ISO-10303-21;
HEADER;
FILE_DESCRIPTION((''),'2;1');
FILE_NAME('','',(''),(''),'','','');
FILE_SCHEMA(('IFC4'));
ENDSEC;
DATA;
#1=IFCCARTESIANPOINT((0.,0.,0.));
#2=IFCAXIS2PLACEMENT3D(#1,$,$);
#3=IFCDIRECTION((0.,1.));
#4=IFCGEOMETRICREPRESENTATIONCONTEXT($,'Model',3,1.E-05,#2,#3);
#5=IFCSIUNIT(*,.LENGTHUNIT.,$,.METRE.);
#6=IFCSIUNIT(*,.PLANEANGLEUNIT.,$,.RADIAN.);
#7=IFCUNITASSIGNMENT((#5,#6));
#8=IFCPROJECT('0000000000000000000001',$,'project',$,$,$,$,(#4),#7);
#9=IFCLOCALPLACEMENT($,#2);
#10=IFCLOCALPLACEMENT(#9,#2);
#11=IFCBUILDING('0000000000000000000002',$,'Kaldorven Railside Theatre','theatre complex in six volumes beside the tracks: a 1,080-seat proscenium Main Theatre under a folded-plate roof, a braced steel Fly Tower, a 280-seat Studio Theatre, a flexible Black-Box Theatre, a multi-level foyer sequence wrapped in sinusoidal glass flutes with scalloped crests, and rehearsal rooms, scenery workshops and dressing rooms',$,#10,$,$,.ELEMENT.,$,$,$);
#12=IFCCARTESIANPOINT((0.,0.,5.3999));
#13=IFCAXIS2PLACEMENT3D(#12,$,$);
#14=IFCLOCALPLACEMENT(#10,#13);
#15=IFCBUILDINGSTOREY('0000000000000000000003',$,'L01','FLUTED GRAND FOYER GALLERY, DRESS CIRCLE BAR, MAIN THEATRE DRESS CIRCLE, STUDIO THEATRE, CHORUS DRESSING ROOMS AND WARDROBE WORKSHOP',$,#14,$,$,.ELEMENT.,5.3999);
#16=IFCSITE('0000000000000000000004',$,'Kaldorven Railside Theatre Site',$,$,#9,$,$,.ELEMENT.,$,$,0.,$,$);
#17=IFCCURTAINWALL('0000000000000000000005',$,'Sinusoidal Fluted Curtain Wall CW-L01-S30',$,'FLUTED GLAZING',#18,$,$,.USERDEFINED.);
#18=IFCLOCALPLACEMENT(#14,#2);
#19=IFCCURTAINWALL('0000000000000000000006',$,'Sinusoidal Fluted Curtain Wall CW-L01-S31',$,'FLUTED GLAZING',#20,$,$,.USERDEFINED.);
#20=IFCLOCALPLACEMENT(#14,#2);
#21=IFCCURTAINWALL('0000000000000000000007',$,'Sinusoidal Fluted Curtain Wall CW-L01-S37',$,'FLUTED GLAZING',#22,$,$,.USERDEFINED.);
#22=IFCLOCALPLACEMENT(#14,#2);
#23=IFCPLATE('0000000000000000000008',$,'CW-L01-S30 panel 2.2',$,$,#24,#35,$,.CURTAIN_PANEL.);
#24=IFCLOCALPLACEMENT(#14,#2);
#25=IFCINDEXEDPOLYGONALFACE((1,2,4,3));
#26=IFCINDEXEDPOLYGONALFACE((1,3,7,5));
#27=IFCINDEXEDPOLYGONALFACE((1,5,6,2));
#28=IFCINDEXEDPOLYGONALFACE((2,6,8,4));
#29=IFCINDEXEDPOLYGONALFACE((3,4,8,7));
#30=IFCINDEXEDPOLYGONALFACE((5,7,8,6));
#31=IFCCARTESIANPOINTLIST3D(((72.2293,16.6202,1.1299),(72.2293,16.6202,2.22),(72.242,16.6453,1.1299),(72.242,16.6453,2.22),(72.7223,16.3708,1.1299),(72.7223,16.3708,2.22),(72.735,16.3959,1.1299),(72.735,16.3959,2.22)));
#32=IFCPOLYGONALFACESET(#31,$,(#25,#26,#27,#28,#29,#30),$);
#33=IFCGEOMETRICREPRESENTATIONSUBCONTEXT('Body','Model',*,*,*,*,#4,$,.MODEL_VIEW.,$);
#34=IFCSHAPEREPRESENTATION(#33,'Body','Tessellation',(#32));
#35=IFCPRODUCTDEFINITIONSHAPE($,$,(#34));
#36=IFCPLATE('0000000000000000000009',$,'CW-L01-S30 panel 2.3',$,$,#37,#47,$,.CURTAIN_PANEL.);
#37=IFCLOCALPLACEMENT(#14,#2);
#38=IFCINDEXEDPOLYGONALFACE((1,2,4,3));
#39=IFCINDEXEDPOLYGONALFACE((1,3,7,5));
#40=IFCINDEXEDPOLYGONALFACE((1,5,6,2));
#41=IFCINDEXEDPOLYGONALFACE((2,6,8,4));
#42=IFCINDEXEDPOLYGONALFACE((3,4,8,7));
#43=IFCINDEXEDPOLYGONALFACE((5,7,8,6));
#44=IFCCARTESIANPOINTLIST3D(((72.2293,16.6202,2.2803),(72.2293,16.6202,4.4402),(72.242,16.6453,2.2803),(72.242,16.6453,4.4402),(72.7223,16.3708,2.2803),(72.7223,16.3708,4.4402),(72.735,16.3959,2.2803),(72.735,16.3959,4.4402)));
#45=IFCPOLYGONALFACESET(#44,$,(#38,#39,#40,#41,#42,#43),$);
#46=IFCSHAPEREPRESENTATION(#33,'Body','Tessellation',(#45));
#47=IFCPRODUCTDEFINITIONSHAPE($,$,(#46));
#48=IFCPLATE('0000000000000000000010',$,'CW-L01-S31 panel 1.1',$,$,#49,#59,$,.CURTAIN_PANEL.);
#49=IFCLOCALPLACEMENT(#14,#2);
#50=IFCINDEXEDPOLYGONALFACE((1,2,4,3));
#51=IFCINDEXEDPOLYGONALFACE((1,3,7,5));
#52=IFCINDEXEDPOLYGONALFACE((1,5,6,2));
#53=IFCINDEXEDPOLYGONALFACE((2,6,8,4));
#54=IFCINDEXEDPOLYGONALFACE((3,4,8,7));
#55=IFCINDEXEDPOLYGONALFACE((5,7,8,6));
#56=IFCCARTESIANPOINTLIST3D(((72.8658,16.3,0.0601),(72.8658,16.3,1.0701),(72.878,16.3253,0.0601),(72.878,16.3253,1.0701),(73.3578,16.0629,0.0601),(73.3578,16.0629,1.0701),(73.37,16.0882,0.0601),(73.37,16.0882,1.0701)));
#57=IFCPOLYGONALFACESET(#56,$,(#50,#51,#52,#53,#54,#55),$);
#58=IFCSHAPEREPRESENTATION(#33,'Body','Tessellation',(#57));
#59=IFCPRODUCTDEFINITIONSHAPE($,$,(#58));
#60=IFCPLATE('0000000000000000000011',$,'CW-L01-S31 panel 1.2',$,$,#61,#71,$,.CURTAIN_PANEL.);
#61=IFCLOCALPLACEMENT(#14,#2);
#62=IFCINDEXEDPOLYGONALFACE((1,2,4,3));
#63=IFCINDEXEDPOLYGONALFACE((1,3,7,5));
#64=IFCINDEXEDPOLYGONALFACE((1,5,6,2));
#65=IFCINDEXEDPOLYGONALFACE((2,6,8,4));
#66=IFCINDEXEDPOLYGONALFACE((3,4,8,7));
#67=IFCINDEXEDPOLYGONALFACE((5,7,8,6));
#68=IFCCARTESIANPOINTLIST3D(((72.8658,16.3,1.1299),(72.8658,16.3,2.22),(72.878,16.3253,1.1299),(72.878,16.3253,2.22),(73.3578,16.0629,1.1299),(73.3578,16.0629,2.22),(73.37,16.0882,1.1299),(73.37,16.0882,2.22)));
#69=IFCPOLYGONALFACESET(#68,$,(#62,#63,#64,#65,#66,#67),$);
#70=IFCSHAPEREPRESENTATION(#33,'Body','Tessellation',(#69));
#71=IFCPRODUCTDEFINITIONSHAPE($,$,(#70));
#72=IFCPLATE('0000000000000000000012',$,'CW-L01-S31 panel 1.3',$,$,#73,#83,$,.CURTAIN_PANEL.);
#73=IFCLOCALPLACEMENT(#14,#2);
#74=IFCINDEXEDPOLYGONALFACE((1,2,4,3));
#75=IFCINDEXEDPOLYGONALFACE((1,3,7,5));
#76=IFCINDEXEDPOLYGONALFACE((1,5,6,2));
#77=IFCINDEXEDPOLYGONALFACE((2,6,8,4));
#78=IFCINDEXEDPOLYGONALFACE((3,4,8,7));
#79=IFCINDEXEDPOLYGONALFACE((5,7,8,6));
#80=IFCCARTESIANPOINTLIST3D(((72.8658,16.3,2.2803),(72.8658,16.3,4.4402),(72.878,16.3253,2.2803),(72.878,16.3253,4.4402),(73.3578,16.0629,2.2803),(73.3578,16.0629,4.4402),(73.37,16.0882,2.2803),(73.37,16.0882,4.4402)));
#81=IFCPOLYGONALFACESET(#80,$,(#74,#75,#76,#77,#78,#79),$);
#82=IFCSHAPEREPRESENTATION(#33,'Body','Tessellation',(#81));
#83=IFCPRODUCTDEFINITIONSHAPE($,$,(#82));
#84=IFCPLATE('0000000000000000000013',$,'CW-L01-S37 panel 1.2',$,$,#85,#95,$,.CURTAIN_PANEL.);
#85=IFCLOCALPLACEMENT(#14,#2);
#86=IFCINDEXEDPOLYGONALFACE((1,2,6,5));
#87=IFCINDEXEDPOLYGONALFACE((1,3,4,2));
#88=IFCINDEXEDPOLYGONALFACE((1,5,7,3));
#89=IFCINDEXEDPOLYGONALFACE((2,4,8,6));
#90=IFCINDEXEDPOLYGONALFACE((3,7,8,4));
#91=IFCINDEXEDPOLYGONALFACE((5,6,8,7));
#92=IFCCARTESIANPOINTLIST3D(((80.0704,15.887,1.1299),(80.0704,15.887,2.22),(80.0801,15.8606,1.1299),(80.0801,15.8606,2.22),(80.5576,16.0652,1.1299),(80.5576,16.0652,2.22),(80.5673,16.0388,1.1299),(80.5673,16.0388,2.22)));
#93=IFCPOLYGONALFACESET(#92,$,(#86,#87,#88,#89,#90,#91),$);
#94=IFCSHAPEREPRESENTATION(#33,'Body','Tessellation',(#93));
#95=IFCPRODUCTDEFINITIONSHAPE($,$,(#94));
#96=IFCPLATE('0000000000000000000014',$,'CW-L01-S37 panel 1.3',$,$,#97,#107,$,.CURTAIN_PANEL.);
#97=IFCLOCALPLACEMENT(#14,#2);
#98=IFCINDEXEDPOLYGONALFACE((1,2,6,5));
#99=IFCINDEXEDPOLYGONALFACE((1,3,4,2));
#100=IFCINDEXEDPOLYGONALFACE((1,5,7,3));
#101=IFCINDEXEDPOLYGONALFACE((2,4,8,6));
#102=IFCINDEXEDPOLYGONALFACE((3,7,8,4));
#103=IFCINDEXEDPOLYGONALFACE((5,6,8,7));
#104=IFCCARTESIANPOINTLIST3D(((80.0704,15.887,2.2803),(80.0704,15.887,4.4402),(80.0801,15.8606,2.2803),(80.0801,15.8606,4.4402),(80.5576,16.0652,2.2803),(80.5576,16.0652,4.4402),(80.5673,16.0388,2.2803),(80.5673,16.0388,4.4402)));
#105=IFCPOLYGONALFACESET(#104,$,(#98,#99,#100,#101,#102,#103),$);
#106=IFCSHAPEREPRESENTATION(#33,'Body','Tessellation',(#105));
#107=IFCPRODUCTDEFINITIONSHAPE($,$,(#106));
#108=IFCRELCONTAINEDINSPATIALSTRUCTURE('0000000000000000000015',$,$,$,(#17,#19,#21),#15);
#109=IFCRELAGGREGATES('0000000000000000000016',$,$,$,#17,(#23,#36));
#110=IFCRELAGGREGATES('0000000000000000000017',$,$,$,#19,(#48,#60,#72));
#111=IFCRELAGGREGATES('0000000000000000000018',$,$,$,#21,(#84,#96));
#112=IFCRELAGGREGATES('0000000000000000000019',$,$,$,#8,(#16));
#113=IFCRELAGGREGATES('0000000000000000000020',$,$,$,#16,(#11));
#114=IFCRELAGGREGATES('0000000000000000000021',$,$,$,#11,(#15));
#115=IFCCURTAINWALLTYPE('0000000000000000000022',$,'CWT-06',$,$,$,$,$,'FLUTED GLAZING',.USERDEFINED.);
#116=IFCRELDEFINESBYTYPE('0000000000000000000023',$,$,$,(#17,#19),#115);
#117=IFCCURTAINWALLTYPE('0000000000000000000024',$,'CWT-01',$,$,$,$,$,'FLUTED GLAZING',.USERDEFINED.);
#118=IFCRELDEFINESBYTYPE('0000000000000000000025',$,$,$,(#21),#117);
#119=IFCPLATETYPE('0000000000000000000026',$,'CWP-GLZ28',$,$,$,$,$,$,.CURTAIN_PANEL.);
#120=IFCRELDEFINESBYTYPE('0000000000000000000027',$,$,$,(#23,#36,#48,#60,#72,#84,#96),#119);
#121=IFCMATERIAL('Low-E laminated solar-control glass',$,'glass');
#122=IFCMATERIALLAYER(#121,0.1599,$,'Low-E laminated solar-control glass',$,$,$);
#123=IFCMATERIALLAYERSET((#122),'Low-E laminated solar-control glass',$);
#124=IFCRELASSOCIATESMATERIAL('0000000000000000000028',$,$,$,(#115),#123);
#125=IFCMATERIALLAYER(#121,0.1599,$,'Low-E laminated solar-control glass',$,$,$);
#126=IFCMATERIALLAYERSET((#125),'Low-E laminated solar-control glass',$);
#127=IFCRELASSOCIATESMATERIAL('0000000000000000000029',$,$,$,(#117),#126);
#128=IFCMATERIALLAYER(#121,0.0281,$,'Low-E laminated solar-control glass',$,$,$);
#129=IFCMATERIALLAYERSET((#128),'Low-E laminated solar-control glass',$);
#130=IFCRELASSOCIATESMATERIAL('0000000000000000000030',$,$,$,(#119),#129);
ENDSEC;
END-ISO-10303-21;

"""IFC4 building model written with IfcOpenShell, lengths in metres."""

from ifc_helpers import new_model, si_unit, direction, frame, origin, origin_2d, place, context, subcontext, project, spatial, rectangle, extrude, material, layer, layer_set, type_object, element, aggregate, save


model = new_model("IFC4")

# Units and contexts
model_context = context("Model", 3, precision=1e-05, world=origin(), true_north=direction((0.0, 1.0)))
body_context = subcontext(model_context, "Body", "Model", "MODEL_VIEW")
ifc_project = project(units=[si_unit("LENGTHUNIT", "METRE"), si_unit("PLANEANGLEUNIT", "RADIAN")], contexts=[model_context])

# Site, building, storey
site_placement = place(None, origin())
site = spatial("IfcSite", under=ifc_project, at=site_placement, Name="Kaldorven Railside Theatre Site", CompositionType="ELEMENT", RefElevation=0.0)
building_placement = place(site_placement, origin())
building = spatial("IfcBuilding", under=site, at=building_placement, Name="Kaldorven Railside Theatre", Description="theatre complex in six volumes beside the tracks: a 1,080-seat proscenium Main Theatre under a folded-plate roof, a braced steel Fly Tower, a 280-seat Studio Theatre, a flexible Black-Box Theatre, a multi-level foyer sequence wrapped in sinusoidal glass flutes with scalloped crests, and rehearsal rooms, scenery workshops and dressing rooms", CompositionType="ELEMENT")
storey_placement = place(building_placement, frame((0.0, 0.0, 5.3999)))
storey = spatial("IfcBuildingStorey", under=building, at=storey_placement, Name="L01", Description="FLUTED GRAND FOYER GALLERY, DRESS CIRCLE BAR, MAIN THEATRE DRESS CIRCLE, STUDIO THEATRE, CHORUS DRESSING ROOMS AND WARDROBE WORKSHOP", CompositionType="ELEMENT", Elevation=5.3999)

# Curtain wall
ifc_material_1 = material(Name="Low-E laminated solar-control glass", Category="glass")
ifc_layer_1 = layer(ifc_material_1, 0.1599, Name="Low-E laminated solar-control glass")
ifc_layer_set_1 = layer_set([ifc_layer_1], Name="Low-E laminated solar-control glass")
curtain_wall_type_1 = type_object("IfcCurtainWallType", Name="CWT-06", ElementType="FLUTED GLAZING", PredefinedType="USERDEFINED", material=ifc_layer_set_1)
curtain_wall_1_placement = place(storey_placement, origin())
curtain_wall_1 = element("IfcCurtainWall", 1, at=curtain_wall_1_placement, inside=storey, type_object=curtain_wall_type_1, Name="Sinusoidal Fluted Curtain Wall CW-L01-S30", ObjectType="FLUTED GLAZING", PredefinedType="USERDEFINED")

# Curtain wall
curtain_wall_2_placement = place(storey_placement, origin())
curtain_wall_2 = element("IfcCurtainWall", 2, at=curtain_wall_2_placement, inside=storey, type_object=curtain_wall_type_1, Name="Sinusoidal Fluted Curtain Wall CW-L01-S31", ObjectType="FLUTED GLAZING", PredefinedType="USERDEFINED")

# Curtain wall
ifc_layer_2 = layer(ifc_material_1, 0.1599, Name="Low-E laminated solar-control glass")
ifc_layer_set_2 = layer_set([ifc_layer_2], Name="Low-E laminated solar-control glass")
curtain_wall_type_2 = type_object("IfcCurtainWallType", Name="CWT-01", ElementType="FLUTED GLAZING", PredefinedType="USERDEFINED", material=ifc_layer_set_2)
curtain_wall_3_placement = place(storey_placement, origin())
curtain_wall_3 = element("IfcCurtainWall", 3, at=curtain_wall_3_placement, inside=storey, type_object=curtain_wall_type_2, Name="Sinusoidal Fluted Curtain Wall CW-L01-S37", ObjectType="FLUTED GLAZING", PredefinedType="USERDEFINED")

# Plates
ifc_layer_3 = layer(ifc_material_1, 0.0281, Name="Low-E laminated solar-control glass")
ifc_layer_set_3 = layer_set([ifc_layer_3], Name="Low-E laminated solar-control glass")
plate_type = type_object("IfcPlateType", Name="CWP-GLZ28", PredefinedType="CURTAIN_PANEL", material=ifc_layer_set_3)
plate_1_placement = place(storey_placement, frame((72.4822, 16.5081, 1.1299), z_axis=(0.0, 0.0, 1.0), x_axis=(0.892305, -0.451432, 0.0)))
plate_1 = element("IfcPlate", 4, at=plate_1_placement, type_object=plate_type, Name="CW-L01-S30 panel 2.2", PredefinedType="CURTAIN_PANEL", context=body_context, shape_type="SweptSolid", body=[
    extrude(rectangle(XDim=0.5525, YDim=0.0281, at=origin_2d()), origin(), (0.0, 0.0, 1.0), 1.0901),
])
plate_2_placement = place(storey_placement, frame((72.4822, 16.5081, 2.2803), z_axis=(0.0, 0.0, 1.0), x_axis=(0.892305, -0.451432, 0.0)))
plate_2 = element("IfcPlate", 5, at=plate_2_placement, type_object=plate_type, Name="CW-L01-S30 panel 2.3", PredefinedType="CURTAIN_PANEL", context=body_context, shape_type="SweptSolid", body=[
    extrude(rectangle(XDim=0.5525, YDim=0.0281, at=origin_2d()), origin(), (0.0, 0.0, 1.0), 2.1599),
])
aggregate(curtain_wall_1, [plate_1, plate_2])
plate_3_placement = place(storey_placement, frame((73.1179, 16.1941, 0.0601), z_axis=(0.0, 0.0, 1.0), x_axis=(0.90079, -0.434256, 0.0)))
plate_3 = element("IfcPlate", 6, at=plate_3_placement, type_object=plate_type, Name="CW-L01-S31 panel 1.1", PredefinedType="CURTAIN_PANEL", context=body_context, shape_type="SweptSolid", body=[
    extrude(rectangle(XDim=0.5461, YDim=0.0281, at=origin_2d()), origin(), (0.0, 0.0, 1.0), 1.01),
])
plate_4_placement = place(storey_placement, frame((73.1179, 16.1941, 1.1299), z_axis=(0.0, 0.0, 1.0), x_axis=(0.90079, -0.434256, 0.0)))
plate_4 = element("IfcPlate", 7, at=plate_4_placement, type_object=plate_type, Name="CW-L01-S31 panel 1.2", PredefinedType="CURTAIN_PANEL", context=body_context, shape_type="SweptSolid", body=[
    extrude(rectangle(XDim=0.5461, YDim=0.0281, at=origin_2d()), origin(), (0.0, 0.0, 1.0), 1.0901),
])
plate_5_placement = place(storey_placement, frame((73.1179, 16.1941, 2.2803), z_axis=(0.0, 0.0, 1.0), x_axis=(0.90079, -0.434256, 0.0)))
plate_5 = element("IfcPlate", 8, at=plate_5_placement, type_object=plate_type, Name="CW-L01-S31 panel 1.3", PredefinedType="CURTAIN_PANEL", context=body_context, shape_type="SweptSolid", body=[
    extrude(rectangle(XDim=0.5461, YDim=0.0281, at=origin_2d()), origin(), (0.0, 0.0, 1.0), 2.1599),
])
aggregate(curtain_wall_2, [plate_3, plate_4, plate_5])
plate_6_placement = place(storey_placement, frame((80.3188, 15.9629, 1.1299), z_axis=(0.0, 0.0, 1.0), x_axis=(0.939154, 0.343496, 0.0)))
plate_6 = element("IfcPlate", 9, at=plate_6_placement, type_object=plate_type, Name="CW-L01-S37 panel 1.2", PredefinedType="CURTAIN_PANEL", context=body_context, shape_type="SweptSolid", body=[
    extrude(rectangle(XDim=0.5188, YDim=0.0281, at=origin_2d()), origin(), (0.0, 0.0, 1.0), 1.0901),
])
plate_7_placement = place(storey_placement, frame((80.3188, 15.9629, 2.2803), z_axis=(0.0, 0.0, 1.0), x_axis=(0.939154, 0.343496, 0.0)))
plate_7 = element("IfcPlate", 10, at=plate_7_placement, type_object=plate_type, Name="CW-L01-S37 panel 1.3", PredefinedType="CURTAIN_PANEL", context=body_context, shape_type="SweptSolid", body=[
    extrude(rectangle(XDim=0.5188, YDim=0.0281, at=origin_2d()), origin(), (0.0, 0.0, 1.0), 2.1599),
])
aggregate(curtain_wall_3, [plate_6, plate_7])

save(model, "model.ifc")
